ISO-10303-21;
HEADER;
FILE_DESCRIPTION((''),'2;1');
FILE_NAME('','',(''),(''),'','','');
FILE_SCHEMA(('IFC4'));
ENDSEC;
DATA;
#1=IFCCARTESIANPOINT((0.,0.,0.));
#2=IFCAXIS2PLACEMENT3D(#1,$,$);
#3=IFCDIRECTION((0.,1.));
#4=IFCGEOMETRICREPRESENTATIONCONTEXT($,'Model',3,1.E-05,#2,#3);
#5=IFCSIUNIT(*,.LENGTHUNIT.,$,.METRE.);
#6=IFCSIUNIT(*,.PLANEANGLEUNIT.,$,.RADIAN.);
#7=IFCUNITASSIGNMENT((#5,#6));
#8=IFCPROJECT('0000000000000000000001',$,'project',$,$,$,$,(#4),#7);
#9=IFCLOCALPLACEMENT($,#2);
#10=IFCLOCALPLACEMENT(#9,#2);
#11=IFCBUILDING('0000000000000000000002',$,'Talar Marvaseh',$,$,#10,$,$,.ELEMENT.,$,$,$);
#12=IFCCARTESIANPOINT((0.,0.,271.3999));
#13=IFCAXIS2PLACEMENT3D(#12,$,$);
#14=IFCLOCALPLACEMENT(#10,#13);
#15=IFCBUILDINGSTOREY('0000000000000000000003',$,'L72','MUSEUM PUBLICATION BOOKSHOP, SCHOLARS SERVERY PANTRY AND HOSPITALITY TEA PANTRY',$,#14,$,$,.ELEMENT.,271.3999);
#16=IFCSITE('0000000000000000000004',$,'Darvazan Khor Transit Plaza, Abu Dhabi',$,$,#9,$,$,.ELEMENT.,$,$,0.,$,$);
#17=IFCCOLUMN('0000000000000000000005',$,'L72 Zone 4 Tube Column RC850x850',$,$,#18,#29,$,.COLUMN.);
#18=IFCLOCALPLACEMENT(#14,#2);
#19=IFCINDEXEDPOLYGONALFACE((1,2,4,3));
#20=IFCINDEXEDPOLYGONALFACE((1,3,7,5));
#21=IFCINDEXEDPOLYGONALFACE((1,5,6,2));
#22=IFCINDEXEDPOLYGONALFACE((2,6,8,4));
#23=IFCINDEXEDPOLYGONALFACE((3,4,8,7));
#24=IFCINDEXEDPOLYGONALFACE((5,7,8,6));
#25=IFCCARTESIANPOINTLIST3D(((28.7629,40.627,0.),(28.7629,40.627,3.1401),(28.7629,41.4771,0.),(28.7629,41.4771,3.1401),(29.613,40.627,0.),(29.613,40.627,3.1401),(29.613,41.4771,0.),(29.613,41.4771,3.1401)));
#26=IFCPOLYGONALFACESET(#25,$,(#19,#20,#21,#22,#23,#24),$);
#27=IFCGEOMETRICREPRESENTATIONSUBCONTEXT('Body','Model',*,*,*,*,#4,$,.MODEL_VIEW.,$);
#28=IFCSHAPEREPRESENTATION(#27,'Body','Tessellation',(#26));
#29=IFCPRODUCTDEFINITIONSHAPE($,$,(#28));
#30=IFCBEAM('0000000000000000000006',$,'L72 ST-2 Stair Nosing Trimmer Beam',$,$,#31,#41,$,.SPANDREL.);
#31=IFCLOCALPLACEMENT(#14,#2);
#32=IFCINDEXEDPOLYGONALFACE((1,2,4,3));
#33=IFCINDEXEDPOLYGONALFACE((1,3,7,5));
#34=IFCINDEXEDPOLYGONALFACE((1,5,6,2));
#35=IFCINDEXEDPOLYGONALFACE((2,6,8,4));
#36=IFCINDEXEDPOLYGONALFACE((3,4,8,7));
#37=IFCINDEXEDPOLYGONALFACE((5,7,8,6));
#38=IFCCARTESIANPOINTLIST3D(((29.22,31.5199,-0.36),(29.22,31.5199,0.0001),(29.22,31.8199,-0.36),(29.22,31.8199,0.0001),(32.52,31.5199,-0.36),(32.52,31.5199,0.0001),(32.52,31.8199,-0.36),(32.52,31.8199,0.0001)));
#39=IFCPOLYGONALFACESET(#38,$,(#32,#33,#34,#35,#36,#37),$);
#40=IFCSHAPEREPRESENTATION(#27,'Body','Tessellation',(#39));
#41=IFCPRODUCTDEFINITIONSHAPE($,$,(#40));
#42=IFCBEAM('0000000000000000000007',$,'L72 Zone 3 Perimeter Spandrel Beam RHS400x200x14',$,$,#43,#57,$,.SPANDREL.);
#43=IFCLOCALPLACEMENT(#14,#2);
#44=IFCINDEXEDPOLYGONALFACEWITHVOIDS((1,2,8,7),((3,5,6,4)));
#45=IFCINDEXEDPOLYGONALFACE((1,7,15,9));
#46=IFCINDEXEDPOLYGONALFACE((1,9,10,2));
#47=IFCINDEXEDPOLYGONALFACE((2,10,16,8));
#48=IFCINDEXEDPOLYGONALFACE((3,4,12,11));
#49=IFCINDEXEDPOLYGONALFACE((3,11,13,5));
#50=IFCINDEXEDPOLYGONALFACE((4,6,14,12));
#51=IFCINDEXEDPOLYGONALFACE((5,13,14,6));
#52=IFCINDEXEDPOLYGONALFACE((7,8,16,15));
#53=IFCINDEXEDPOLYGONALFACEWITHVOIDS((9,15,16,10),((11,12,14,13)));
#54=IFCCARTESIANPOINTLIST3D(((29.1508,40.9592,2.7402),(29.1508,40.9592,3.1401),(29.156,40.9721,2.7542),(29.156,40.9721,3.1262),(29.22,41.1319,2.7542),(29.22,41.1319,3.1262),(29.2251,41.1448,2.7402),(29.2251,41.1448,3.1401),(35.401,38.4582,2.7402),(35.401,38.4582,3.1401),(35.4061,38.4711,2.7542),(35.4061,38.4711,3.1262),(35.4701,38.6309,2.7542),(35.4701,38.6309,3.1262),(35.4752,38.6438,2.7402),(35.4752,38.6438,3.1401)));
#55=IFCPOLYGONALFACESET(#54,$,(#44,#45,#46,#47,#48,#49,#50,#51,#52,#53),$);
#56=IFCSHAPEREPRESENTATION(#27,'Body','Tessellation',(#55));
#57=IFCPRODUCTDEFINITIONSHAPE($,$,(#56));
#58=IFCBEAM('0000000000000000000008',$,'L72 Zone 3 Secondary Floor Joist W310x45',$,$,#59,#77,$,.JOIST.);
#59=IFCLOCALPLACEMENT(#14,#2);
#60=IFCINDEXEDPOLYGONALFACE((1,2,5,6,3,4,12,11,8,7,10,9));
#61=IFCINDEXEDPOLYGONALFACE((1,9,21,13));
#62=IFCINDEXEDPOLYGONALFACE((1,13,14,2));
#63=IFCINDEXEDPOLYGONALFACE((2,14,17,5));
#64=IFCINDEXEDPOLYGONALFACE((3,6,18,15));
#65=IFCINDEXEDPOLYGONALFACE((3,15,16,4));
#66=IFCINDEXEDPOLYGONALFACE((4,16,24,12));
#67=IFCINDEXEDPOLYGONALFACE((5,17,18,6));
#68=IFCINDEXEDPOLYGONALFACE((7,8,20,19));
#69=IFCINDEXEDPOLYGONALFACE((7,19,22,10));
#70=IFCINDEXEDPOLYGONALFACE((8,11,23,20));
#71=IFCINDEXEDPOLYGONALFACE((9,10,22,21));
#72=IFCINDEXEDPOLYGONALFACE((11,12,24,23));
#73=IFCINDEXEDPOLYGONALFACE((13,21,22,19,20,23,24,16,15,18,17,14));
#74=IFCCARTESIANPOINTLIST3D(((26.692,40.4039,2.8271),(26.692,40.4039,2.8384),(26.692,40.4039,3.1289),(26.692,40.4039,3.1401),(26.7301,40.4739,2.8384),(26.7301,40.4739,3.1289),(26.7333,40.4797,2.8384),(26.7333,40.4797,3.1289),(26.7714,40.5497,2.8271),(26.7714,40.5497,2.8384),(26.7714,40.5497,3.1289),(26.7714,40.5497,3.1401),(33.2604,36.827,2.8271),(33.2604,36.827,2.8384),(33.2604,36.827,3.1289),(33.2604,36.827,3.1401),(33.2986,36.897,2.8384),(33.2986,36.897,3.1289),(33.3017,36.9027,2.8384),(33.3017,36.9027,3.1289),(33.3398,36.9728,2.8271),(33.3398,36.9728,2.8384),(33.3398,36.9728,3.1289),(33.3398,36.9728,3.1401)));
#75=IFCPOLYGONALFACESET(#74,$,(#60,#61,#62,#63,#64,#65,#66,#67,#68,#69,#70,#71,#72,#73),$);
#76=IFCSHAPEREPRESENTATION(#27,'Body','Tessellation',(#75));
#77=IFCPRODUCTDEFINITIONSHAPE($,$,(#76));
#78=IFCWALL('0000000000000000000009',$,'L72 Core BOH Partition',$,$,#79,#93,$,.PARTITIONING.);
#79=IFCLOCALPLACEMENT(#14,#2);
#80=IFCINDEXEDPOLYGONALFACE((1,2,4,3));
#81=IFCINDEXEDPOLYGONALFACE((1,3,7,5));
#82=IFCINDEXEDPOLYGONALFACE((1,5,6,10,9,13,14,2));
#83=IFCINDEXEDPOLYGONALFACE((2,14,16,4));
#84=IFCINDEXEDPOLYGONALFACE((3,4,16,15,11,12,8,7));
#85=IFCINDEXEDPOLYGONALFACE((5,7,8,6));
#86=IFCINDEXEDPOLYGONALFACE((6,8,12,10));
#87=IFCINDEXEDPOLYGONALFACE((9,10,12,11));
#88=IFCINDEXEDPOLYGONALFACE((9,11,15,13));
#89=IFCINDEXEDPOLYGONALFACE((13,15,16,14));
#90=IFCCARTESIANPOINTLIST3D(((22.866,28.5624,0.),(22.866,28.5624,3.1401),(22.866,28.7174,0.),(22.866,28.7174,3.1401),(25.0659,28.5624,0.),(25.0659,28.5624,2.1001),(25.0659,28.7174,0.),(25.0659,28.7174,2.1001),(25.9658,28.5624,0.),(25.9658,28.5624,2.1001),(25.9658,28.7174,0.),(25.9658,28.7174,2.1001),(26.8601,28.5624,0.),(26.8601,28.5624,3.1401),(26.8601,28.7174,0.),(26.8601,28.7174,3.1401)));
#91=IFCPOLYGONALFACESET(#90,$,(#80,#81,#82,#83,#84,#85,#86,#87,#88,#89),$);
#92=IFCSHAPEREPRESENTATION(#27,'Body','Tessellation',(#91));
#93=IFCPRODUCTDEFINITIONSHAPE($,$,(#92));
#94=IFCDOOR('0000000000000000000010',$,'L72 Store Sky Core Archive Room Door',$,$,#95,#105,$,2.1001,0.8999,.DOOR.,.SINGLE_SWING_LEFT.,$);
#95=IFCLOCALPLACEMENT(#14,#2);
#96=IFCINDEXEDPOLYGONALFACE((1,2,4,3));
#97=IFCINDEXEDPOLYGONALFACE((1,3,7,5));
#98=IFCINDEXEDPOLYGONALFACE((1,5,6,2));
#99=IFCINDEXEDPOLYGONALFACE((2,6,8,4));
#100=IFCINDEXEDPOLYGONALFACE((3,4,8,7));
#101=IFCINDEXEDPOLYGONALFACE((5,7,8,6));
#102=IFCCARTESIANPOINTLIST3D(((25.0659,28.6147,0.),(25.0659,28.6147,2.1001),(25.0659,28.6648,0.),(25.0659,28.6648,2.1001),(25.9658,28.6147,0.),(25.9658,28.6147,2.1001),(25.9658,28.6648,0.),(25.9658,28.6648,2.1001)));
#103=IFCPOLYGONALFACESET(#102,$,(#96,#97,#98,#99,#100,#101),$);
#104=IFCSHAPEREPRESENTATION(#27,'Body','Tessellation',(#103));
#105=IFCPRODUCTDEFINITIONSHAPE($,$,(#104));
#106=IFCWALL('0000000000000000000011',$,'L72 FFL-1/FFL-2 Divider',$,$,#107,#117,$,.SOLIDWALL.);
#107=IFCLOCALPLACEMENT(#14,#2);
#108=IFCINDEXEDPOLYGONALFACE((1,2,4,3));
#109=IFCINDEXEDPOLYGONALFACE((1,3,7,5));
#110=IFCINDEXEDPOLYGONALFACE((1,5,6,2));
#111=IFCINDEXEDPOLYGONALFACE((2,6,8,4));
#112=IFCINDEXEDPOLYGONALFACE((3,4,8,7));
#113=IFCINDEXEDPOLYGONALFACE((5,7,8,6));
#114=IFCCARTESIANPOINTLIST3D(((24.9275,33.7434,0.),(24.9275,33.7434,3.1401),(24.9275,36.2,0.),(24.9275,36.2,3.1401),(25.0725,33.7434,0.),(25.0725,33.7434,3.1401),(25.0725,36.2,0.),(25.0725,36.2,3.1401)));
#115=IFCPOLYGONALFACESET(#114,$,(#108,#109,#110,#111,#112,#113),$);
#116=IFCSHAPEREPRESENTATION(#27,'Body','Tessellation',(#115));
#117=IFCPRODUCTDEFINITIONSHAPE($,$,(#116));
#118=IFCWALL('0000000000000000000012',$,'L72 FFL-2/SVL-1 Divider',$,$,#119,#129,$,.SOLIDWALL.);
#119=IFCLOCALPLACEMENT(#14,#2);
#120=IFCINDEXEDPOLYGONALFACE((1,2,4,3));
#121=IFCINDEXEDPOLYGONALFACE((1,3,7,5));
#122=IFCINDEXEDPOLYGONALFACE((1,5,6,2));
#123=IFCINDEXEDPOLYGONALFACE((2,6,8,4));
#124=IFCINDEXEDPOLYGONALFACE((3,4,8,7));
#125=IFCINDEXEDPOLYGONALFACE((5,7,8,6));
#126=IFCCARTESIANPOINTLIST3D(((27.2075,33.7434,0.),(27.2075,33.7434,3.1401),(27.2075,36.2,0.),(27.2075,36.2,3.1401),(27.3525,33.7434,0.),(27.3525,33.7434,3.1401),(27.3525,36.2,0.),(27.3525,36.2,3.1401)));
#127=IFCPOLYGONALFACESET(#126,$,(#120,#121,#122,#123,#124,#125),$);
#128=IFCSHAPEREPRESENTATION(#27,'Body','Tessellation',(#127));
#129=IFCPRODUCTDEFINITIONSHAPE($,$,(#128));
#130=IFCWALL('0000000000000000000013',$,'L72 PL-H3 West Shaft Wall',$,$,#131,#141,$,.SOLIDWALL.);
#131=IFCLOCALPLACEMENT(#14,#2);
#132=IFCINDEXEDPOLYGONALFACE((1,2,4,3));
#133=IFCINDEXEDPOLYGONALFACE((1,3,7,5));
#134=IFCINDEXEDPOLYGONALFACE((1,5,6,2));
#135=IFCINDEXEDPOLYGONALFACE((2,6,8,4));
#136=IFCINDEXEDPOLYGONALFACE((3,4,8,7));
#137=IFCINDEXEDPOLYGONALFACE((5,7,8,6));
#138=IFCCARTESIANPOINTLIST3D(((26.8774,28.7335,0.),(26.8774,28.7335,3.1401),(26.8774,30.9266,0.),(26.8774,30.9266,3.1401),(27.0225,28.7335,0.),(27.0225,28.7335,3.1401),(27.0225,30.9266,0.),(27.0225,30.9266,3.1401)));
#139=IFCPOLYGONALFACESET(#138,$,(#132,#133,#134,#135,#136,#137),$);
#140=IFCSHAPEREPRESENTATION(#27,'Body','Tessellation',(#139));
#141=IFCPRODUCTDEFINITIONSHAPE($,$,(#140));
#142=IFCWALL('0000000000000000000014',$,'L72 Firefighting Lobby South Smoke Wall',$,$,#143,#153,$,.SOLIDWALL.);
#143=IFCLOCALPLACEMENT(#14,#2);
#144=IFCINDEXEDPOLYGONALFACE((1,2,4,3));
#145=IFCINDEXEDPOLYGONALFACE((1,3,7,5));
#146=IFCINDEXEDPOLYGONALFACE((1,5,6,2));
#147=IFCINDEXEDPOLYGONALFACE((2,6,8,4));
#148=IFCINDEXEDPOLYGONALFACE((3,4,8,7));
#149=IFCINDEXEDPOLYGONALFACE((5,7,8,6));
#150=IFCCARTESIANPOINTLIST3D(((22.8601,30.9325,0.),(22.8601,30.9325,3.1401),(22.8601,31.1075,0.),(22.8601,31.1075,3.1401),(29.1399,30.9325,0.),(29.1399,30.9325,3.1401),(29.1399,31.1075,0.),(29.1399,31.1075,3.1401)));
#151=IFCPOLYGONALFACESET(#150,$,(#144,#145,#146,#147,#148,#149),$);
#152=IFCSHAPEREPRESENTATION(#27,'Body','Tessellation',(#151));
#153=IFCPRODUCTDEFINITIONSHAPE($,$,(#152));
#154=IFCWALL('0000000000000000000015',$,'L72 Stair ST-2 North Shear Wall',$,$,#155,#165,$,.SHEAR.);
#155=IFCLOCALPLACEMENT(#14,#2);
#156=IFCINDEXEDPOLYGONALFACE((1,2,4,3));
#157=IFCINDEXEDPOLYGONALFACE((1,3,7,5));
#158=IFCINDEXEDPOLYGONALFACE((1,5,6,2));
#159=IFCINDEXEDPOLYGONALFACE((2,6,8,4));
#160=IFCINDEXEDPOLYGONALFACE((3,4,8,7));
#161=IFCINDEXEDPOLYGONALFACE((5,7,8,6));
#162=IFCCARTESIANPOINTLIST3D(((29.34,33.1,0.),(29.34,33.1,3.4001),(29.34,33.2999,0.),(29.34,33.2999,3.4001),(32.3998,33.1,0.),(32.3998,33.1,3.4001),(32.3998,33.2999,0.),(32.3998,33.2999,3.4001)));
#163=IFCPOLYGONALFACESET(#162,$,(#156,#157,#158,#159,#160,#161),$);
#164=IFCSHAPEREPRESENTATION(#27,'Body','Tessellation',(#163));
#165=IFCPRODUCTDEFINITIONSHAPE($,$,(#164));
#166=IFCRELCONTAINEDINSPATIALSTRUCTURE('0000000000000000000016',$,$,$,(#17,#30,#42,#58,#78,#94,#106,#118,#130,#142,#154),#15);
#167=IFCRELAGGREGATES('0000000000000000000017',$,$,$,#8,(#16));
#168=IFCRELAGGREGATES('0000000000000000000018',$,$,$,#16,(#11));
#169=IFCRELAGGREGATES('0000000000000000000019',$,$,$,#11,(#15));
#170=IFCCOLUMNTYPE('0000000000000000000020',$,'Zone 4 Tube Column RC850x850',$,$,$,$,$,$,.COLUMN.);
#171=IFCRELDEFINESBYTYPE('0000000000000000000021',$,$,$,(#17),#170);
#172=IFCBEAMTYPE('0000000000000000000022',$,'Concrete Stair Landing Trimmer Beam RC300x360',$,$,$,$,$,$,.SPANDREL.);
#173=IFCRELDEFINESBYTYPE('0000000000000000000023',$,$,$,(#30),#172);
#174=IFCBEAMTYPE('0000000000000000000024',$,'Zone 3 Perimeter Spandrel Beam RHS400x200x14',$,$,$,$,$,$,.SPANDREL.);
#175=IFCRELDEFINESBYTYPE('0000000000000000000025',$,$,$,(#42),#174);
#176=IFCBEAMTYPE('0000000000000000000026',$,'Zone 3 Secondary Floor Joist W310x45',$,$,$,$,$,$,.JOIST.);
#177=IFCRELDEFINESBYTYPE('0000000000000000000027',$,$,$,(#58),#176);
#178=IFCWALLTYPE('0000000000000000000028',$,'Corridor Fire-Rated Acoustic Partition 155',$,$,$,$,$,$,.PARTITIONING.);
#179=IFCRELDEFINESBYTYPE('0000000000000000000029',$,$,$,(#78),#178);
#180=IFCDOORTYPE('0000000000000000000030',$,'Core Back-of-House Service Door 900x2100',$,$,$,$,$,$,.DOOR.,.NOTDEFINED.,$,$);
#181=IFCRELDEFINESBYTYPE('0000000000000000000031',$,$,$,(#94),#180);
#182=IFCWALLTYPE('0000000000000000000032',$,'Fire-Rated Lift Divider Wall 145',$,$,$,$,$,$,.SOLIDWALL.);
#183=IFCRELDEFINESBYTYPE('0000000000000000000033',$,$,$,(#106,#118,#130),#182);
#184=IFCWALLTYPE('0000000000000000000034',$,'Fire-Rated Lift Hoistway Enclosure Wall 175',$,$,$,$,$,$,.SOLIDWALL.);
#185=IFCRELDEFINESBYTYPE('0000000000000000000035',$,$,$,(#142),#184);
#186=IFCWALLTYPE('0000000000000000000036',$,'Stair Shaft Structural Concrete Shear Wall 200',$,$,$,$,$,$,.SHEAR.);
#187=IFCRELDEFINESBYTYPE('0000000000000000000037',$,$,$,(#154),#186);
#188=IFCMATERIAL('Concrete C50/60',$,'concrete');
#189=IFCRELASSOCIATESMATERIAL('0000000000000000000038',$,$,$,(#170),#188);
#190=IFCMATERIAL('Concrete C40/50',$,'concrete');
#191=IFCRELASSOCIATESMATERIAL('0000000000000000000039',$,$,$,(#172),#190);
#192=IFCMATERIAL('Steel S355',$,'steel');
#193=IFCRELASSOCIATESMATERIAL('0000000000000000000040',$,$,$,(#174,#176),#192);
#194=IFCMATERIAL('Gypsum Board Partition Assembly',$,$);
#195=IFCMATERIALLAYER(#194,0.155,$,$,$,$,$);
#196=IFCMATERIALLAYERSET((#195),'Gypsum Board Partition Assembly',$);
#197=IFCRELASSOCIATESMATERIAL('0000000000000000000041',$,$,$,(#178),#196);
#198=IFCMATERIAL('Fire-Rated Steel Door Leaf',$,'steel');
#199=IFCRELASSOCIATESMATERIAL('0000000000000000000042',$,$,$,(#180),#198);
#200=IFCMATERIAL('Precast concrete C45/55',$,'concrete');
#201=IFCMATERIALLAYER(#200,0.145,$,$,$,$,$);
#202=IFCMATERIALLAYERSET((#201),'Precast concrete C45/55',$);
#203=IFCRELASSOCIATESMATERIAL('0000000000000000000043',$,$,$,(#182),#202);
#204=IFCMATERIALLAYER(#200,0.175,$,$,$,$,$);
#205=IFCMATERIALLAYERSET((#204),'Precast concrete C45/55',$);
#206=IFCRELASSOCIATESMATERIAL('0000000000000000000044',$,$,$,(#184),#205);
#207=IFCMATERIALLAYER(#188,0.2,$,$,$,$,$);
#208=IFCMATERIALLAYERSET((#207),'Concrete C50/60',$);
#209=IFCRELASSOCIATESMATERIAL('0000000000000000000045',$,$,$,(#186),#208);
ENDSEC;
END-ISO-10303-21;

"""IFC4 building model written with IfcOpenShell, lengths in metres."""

from ifc_helpers import new_model, si_unit, direction, frame, frame_2d, origin, origin_2d, place, context, subcontext, project, spatial, rectangle, hollow_rectangle, i_section, extrude, source, transform, mapped, material, layer, layer_set, material_profile, profile_set, type_object, type_shapes, element, fill, save


model = new_model("IFC4")

# Units and contexts
model_context = context("Model", 3, precision=1e-05, world=origin(), true_north=direction((0.0, 1.0)))
body_context = subcontext(model_context, "Body", "Model", "MODEL_VIEW")
ifc_project = project(units=[si_unit("LENGTHUNIT", "METRE"), si_unit("PLANEANGLEUNIT", "RADIAN")], contexts=[model_context])

# Site, building, storey
site_placement = place(None, origin())
site = spatial("IfcSite", under=ifc_project, at=site_placement, Name="Darvazan Khor Transit Plaza, Abu Dhabi", CompositionType="ELEMENT", RefElevation=0.0)
building_placement = place(site_placement, origin())
building = spatial("IfcBuilding", under=site, at=building_placement, Name="Talar Marvaseh", CompositionType="ELEMENT")
storey_placement = place(building_placement, frame((0.0, 0.0, 271.3999)))
storey = spatial("IfcBuildingStorey", under=building, at=storey_placement, Name="L72", Description="MUSEUM PUBLICATION BOOKSHOP, SCHOLARS SERVERY PANTRY AND HOSPITALITY TEA PANTRY", CompositionType="ELEMENT", Elevation=271.3999)

# Column
ifc_material_1 = material(Name="Concrete C50/60", Category="concrete")
ifc_material_profile_1 = material_profile(ifc_material_1, rectangle(XDim=0.8501, YDim=0.8501, at=origin_2d()), Name="RC850x850")
ifc_profile_set_1 = profile_set([ifc_material_profile_1], Name="Concrete C50/60")
column_type = type_object("IfcColumnType", Name="Zone 4 Tube Column RC850x850", PredefinedType="COLUMN", material=ifc_profile_set_1)
column_placement = place(storey_placement, frame((29.188, 41.052, 0.0), z_axis=(0.0, 0.0, 1.0), x_axis=(1.0, 0.0, 0.0)))
element("IfcColumn", 1, at=column_placement, inside=storey, type_object=column_type, Name="L72 Zone 4 Tube Column RC850x850", PredefinedType="COLUMN", context=body_context, shape_type="SweptSolid", body=[
    extrude(rectangle(XDim=0.8501, YDim=0.8501, at=origin_2d()), origin(), (0.0, 0.0, 1.0), 3.1401),
])

# Beams
ifc_material_2 = material(Name="Concrete C40/50", Category="concrete")
ifc_material_profile_2 = material_profile(ifc_material_2, rectangle(XDim=0.3, YDim=0.3601, at=origin_2d()), Name="RC300x360")
ifc_profile_set_2 = profile_set([ifc_material_profile_2], Name="Concrete C40/50")
beam_type_1 = type_object("IfcBeamType", Name="Concrete Stair Landing Trimmer Beam RC300x360", PredefinedType="SPANDREL", material=ifc_profile_set_2)
beam_1_placement = place(storey_placement, frame((29.22, 31.6699, -0.1799), z_axis=(1.0, 0.0, 0.0), x_axis=(0.0, 1.0, 0.0)))
element("IfcBeam", 2, at=beam_1_placement, inside=storey, type_object=beam_type_1, Name="L72 ST-2 Stair Nosing Trimmer Beam", PredefinedType="SPANDREL", context=body_context, shape_type="SweptSolid", body=[
    extrude(rectangle(XDim=0.3, YDim=0.3601, at=origin_2d()), origin(), (0.0, 0.0, 1.0), 3.3),
])
ifc_material_3 = material(Name="Steel S355", Category="steel")
ifc_material_profile_3 = material_profile(ifc_material_3, hollow_rectangle(XDim=0.2, YDim=0.3999, WallThickness=0.0139, at=origin_2d()), Name="RHS400x200x14")
ifc_profile_set_3 = profile_set([ifc_material_profile_3], Name="Steel S355")
beam_type_2 = type_object("IfcBeamType", Name="Zone 3 Perimeter Spandrel Beam RHS400x200x14", PredefinedType="SPANDREL", material=ifc_profile_set_3)
beam_2_placement = place(storey_placement, frame((29.188, 41.052, 2.9402), z_axis=(0.928427, -0.371516, 0.0), x_axis=(0.371516, 0.928427, 0.0)))
element("IfcBeam", 3, at=beam_2_placement, inside=storey, type_object=beam_type_2, Name="L72 Zone 3 Perimeter Spandrel Beam RHS400x200x14", PredefinedType="SPANDREL", context=body_context, shape_type="SweptSolid", body=[
    extrude(hollow_rectangle(XDim=0.2, YDim=0.3999, WallThickness=0.0139, at=origin_2d()), origin(), (0.0, 0.0, 1.0), 6.7319),
])
ifc_material_profile_4 = material_profile(ifc_material_3, i_section(OverallWidth=0.166, OverallDepth=0.313, WebThickness=0.0066, FlangeThickness=0.0112, at=origin_2d()), Name="W310x45")
ifc_profile_set_4 = profile_set([ifc_material_profile_4], Name="Steel S355")
beam_type_3 = type_object("IfcBeamType", Name="Zone 3 Secondary Floor Joist W310x45", PredefinedType="JOIST", material=ifc_profile_set_4)
beam_3_placement = place(storey_placement, frame((26.7317, 40.4768, 2.9836), z_axis=(0.878223, -0.478251, 0.0), x_axis=(0.478251, 0.878223, 0.0)))
element("IfcBeam", 4, at=beam_3_placement, inside=storey, type_object=beam_type_3, Name="L72 Zone 3 Secondary Floor Joist W310x45", PredefinedType="JOIST", context=body_context, shape_type="SweptSolid", body=[
    extrude(i_section(OverallWidth=0.166, OverallDepth=0.313, WebThickness=0.0066, FlangeThickness=0.0112, at=origin_2d()), origin(), (0.0, 0.0, 1.0), 7.4792),
])

# Wall, opening, door
ifc_material_4 = material(Name="Gypsum Board Partition Assembly")
ifc_layer_1 = layer(ifc_material_4, 0.155)
ifc_layer_set_1 = layer_set([ifc_layer_1], Name="Gypsum Board Partition Assembly")
wall_type_1 = type_object("IfcWallType", Name="Corridor Fire-Rated Acoustic Partition 155", PredefinedType="PARTITIONING", material=ifc_layer_set_1)
wall_1_placement = place(storey_placement, frame((22.866, 28.6399, 0.0), z_axis=(0.0, 0.0, 1.0), x_axis=(1.0, 0.0, 0.0)))
wall_1 = element("IfcWall", 5, at=wall_1_placement, inside=storey, type_object=wall_type_1, Name="L72 Core BOH Partition", PredefinedType="PARTITIONING", context=body_context, shape_type="SweptSolid", body=[
    extrude(rectangle(XDim=3.9941, YDim=0.155, at=frame_2d((1.9971, 0.0))), origin(), (0.0, 0.0, 1.0), 3.1401),
])
opening_1_placement = place(wall_1_placement, frame((2.2, 0.0, 0.0)))
opening_1 = element("IfcOpeningElement", 6, at=opening_1_placement, cuts=wall_1, PredefinedType="OPENING", context=body_context, shape_type="SweptSolid", body=[
    extrude(rectangle(XDim=0.8999, YDim=2.1001, at=frame_2d((0.45, 1.05))), frame((0.0, 0.0874, 0.0), z_axis=(0.0, -1.0, 0.0), x_axis=(1.0, 0.0, 0.0)), (0.0, 0.0, 1.0), 0.175),
])
ifc_material_5 = material(Name="Fire-Rated Steel Door Leaf", Category="steel")
door_type_1 = type_object("IfcDoorType", Name="Core Back-of-House Service Door 900x2100", OperationType="NOTDEFINED", PredefinedType="DOOR", material=ifc_material_5)
shared_shape_1 = source(origin(), body_context, "Body", "SweptSolid", [
    extrude(rectangle(XDim=0.8999, YDim=2.1001, at=frame_2d((0.45, 1.05))), frame((0.0, 0.0249, 0.0), z_axis=(0.0, -1.0, 0.0), x_axis=(1.0, 0.0, 0.0)), (0.0, 0.0, 1.0), 0.05),
])
type_shapes(door_type_1, [shared_shape_1])
door_1_placement = place(opening_1_placement, origin())
door_1 = element("IfcDoor", 7, at=door_1_placement, inside=storey, type_object=door_type_1, Name="L72 Store Sky Core Archive Room Door", OperationType="SINGLE_SWING_LEFT", OverallHeight=2.1001, OverallWidth=0.8999, PredefinedType="DOOR", context=body_context, shape_type="MappedRepresentation", body=[
    mapped(shared_shape_1, transform((0.0, 0.0, 0.0), x_axis=(1.0, 0.0, 0.0), y_axis=(0.0, 1.0, 0.0), z_axis=(0.0, 0.0, 1.0), scale=1.0)),
])
fill(opening_1, door_1)

# Walls
ifc_material_6 = material(Name="Precast concrete C45/55", Category="concrete")
ifc_layer_2 = layer(ifc_material_6, 0.145)
ifc_layer_set_2 = layer_set([ifc_layer_2], Name="Precast concrete C45/55")
wall_type_2 = type_object("IfcWallType", Name="Fire-Rated Lift Divider Wall 145", PredefinedType="SOLIDWALL", material=ifc_layer_set_2)
for number, where, z_axis, x_axis, name in (
    (8, (25.0, 33.7434, 0.0), (0.0, 0.0, 1.0), (0.0, 1.0, 0.0), "L72 FFL-1/FFL-2 Divider"),
    (9, (27.28, 33.7434, 0.0), (0.0, 0.0, 1.0), (0.0, 1.0, 0.0), "L72 FFL-2/SVL-1 Divider"),
):
    element("IfcWall", number, at=place(storey_placement, frame(where, z_axis=z_axis, x_axis=x_axis)), inside=storey, type_object=wall_type_2, Name=name, PredefinedType="SOLIDWALL", context=body_context, shape_type="SweptSolid", body=[
        extrude(rectangle(XDim=2.4565, YDim=0.145, at=frame_2d((1.2283, 0.0))), origin(), (0.0, 0.0, 1.0), 3.1401),
    ])
wall_2_placement = place(storey_placement, frame((26.95, 28.7334, 0.0), z_axis=(0.0, 0.0, 1.0), x_axis=(0.0, 1.0, 0.0)))
element("IfcWall", 10, at=wall_2_placement, inside=storey, type_object=wall_type_2, Name="L72 PL-H3 West Shaft Wall", PredefinedType="SOLIDWALL", context=body_context, shape_type="SweptSolid", body=[
    extrude(rectangle(XDim=2.1931, YDim=0.145, at=frame_2d((1.0967, 0.0))), origin(), (0.0, 0.0, 1.0), 3.1401),
])

# Shared definitions
ifc_layer_3 = layer(ifc_material_6, 0.175)
ifc_layer_set_3 = layer_set([ifc_layer_3], Name="Precast concrete C45/55")
wall_type_3 = type_object("IfcWallType", Name="Fire-Rated Lift Hoistway Enclosure Wall 175", PredefinedType="SOLIDWALL", material=ifc_layer_set_3)

# Wall
wall_3_placement = place(storey_placement, frame((22.8601, 31.02, 0.0), z_axis=(0.0, 0.0, 1.0), x_axis=(1.0, 0.0, 0.0)))
element("IfcWall", 11, at=wall_3_placement, inside=storey, type_object=wall_type_3, Name="L72 Firefighting Lobby South Smoke Wall", PredefinedType="SOLIDWALL", context=body_context, shape_type="SweptSolid", body=[
    extrude(rectangle(XDim=6.2798, YDim=0.175, at=frame_2d((3.1399, 0.0))), origin(), (0.0, 0.0, 1.0), 3.1401),
])

# Wall
ifc_layer_4 = layer(ifc_material_1, 0.2)
ifc_layer_set_4 = layer_set([ifc_layer_4], Name="Concrete C50/60")
wall_type_4 = type_object("IfcWallType", Name="Stair Shaft Structural Concrete Shear Wall 200", PredefinedType="SHEAR", material=ifc_layer_set_4)
wall_4_placement = place(storey_placement, frame((29.3401, 33.2, 0.0), z_axis=(0.0, 0.0, 1.0), x_axis=(1.0, 0.0, 0.0)))
element("IfcWall", 12, at=wall_4_placement, inside=storey, type_object=wall_type_4, Name="L72 Stair ST-2 North Shear Wall", PredefinedType="SHEAR", context=body_context, shape_type="SweptSolid", body=[
    extrude(rectangle(XDim=3.0598, YDim=0.2, at=frame_2d((1.5298, 0.0))), origin(), (0.0, 0.0, 1.0), 3.4001),
])

save(model, "model.ifc")
